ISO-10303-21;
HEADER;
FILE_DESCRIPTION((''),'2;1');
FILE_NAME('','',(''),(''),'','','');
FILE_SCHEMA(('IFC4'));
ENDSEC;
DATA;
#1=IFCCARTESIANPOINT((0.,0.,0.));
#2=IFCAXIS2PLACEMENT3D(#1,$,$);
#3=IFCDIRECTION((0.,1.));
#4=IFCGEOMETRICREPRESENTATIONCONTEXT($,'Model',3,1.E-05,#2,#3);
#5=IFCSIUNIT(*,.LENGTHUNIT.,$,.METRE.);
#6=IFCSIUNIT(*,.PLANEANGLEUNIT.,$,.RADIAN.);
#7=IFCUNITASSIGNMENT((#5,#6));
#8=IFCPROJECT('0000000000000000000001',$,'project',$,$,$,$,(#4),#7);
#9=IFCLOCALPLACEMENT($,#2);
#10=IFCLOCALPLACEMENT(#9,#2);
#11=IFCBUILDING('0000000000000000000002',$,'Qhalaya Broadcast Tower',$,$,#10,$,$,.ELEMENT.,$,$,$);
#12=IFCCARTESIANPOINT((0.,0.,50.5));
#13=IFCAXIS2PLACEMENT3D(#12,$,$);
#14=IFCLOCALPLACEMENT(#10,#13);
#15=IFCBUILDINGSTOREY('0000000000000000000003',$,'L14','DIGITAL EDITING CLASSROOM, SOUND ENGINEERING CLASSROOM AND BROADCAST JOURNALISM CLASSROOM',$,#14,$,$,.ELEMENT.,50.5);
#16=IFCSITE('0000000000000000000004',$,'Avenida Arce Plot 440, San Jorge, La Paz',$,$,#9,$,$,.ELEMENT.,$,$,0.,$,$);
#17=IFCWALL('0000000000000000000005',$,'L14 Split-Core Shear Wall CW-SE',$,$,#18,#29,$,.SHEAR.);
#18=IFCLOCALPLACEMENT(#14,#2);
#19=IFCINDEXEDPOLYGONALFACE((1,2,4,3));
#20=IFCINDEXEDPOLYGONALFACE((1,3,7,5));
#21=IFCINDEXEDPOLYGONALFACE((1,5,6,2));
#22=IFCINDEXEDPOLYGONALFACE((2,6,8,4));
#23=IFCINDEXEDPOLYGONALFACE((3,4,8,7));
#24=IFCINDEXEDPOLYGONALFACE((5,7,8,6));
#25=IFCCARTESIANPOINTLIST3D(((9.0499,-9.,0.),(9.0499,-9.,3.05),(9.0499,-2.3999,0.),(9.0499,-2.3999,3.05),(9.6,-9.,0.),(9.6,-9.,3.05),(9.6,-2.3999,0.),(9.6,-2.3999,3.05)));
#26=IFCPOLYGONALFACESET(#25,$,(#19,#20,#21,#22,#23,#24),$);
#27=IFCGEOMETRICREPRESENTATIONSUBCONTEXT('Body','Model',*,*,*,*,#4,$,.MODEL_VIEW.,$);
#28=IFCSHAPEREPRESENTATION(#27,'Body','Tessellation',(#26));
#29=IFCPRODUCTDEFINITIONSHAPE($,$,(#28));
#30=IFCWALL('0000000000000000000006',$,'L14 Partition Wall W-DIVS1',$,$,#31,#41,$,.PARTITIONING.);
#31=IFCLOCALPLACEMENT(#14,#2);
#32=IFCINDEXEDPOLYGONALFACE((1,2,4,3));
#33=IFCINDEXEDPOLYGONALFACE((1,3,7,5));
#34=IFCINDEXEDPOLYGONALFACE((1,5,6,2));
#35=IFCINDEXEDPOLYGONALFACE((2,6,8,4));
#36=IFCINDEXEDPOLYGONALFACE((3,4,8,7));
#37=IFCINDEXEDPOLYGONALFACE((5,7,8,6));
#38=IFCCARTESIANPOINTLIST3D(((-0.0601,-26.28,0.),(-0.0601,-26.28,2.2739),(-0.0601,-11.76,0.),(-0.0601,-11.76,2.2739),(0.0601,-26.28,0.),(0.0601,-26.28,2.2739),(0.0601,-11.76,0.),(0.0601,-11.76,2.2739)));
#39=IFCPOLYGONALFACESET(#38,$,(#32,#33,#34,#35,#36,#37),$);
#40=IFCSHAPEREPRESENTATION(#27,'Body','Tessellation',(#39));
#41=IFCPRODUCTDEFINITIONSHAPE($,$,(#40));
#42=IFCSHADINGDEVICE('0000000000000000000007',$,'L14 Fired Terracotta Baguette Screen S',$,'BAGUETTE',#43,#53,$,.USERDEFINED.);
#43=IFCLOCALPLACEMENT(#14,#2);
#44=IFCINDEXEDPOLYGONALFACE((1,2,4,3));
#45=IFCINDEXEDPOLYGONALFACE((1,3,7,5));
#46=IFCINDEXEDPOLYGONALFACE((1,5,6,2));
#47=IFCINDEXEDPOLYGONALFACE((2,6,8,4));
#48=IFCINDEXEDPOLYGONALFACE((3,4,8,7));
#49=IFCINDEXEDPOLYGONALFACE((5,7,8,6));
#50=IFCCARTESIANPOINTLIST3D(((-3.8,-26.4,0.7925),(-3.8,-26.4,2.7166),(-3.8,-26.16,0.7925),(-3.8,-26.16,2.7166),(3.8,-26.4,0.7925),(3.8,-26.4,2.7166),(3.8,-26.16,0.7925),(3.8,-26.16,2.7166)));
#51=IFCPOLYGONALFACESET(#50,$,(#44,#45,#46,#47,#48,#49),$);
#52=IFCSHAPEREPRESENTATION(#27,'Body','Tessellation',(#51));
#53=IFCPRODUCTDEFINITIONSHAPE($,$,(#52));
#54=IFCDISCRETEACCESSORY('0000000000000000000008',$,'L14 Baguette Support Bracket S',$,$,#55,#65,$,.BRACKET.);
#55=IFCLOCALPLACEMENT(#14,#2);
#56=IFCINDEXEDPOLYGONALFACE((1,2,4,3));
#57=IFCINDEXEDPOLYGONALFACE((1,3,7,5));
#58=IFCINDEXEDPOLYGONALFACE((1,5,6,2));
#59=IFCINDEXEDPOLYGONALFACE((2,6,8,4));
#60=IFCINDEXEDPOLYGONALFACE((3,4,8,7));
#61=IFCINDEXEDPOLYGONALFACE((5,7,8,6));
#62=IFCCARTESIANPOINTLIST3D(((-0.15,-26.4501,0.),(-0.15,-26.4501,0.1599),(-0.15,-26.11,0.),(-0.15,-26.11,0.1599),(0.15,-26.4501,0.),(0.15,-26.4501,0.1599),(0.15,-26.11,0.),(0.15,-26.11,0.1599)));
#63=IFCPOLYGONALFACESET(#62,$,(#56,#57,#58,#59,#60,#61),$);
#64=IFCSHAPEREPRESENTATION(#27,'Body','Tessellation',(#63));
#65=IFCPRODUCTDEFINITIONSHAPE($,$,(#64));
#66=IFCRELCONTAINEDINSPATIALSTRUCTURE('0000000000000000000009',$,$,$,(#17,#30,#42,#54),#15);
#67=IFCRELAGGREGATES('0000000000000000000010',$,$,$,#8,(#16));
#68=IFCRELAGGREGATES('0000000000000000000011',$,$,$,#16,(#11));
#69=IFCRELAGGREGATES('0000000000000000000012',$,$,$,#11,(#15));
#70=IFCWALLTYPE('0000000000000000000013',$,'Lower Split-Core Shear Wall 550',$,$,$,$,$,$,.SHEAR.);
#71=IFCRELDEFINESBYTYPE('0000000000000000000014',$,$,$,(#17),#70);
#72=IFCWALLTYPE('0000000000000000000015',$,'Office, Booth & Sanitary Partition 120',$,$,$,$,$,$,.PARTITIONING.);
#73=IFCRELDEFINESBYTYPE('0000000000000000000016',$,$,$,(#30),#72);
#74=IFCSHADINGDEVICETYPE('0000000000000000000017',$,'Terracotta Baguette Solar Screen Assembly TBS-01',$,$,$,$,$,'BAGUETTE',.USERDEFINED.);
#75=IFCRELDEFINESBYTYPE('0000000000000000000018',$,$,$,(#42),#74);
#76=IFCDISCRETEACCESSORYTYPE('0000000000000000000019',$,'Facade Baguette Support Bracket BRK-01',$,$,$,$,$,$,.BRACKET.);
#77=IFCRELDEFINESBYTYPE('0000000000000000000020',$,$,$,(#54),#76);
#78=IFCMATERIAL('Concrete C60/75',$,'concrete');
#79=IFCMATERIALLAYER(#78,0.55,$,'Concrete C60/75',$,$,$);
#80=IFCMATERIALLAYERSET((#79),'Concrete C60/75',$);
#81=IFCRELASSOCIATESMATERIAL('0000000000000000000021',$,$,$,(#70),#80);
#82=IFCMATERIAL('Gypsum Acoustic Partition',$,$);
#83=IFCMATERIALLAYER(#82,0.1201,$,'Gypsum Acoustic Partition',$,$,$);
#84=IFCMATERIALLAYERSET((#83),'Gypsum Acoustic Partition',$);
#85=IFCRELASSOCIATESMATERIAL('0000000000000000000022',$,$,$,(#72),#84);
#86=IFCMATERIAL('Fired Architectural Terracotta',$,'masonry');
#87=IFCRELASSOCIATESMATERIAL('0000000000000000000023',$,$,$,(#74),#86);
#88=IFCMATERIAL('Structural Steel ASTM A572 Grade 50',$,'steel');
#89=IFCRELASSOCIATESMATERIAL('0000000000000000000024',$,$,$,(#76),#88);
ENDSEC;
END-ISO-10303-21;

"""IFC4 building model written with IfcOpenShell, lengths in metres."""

from ifc_helpers import new_model, si_unit, direction, frame, frame_2d, origin, origin_2d, place, context, subcontext, project, spatial, rectangle, extrude, material, layer, layer_set, type_object, element, save


model = new_model("IFC4")

# Units and contexts
model_context = context("Model", 3, precision=1e-05, world=origin(), true_north=direction((0.0, 1.0)))
body_context = subcontext(model_context, "Body", "Model", "MODEL_VIEW")
ifc_project = project(units=[si_unit("LENGTHUNIT", "METRE"), si_unit("PLANEANGLEUNIT", "RADIAN")], contexts=[model_context])

# Site, building, storey
site_placement = place(None, origin())
site = spatial("IfcSite", under=ifc_project, at=site_placement, Name="Avenida Arce Plot 440, San Jorge, La Paz", CompositionType="ELEMENT", RefElevation=0.0)
building_placement = place(site_placement, origin())
building = spatial("IfcBuilding", under=site, at=building_placement, Name="Qhalaya Broadcast Tower", CompositionType="ELEMENT")
storey_placement = place(building_placement, frame((0.0, 0.0, 50.5)))
storey = spatial("IfcBuildingStorey", under=building, at=storey_placement, Name="L14", Description="DIGITAL EDITING CLASSROOM, SOUND ENGINEERING CLASSROOM AND BROADCAST JOURNALISM CLASSROOM", CompositionType="ELEMENT", Elevation=50.5)

# Shared definitions
ifc_material_1 = material(Name="Structural Steel ASTM A572 Grade 50", Category="steel")

# Shared definitions
ifc_material_2 = material(Name="Gypsum Acoustic Partition")

# Walls
ifc_material_3 = material(Name="Concrete C60/75", Category="concrete")
ifc_layer_1 = layer(ifc_material_3, 0.55, Name="Concrete C60/75")
ifc_layer_set_1 = layer_set([ifc_layer_1], Name="Concrete C60/75")
wall_type_1 = type_object("IfcWallType", Name="Lower Split-Core Shear Wall 550", PredefinedType="SHEAR", material=ifc_layer_set_1)
wall_1_placement = place(storey_placement, frame((9.325, -9.0, 0.0), z_axis=(0.0, 0.0, 1.0), x_axis=(0.0, 1.0, 0.0)))
element("IfcWall", 1, at=wall_1_placement, inside=storey, type_object=wall_type_1, Name="L14 Split-Core Shear Wall CW-SE", PredefinedType="SHEAR", context=body_context, shape_type="SweptSolid", body=[
    extrude(rectangle(XDim=6.6001, YDim=0.55, at=frame_2d((3.3, 0.0))), origin(), (0.0, 0.0, 1.0), 3.05),
])
ifc_layer_2 = layer(ifc_material_2, 0.1201, Name="Gypsum Acoustic Partition")
ifc_layer_set_2 = layer_set([ifc_layer_2], Name="Gypsum Acoustic Partition")
wall_type_2 = type_object("IfcWallType", Name="Office, Booth & Sanitary Partition 120", PredefinedType="PARTITIONING", material=ifc_layer_set_2)
wall_2_placement = place(storey_placement, frame((0.0, -26.28, 0.0), z_axis=(0.0, 0.0, 1.0), x_axis=(0.0, 1.0, 0.0)))
element("IfcWall", 2, at=wall_2_placement, inside=storey, type_object=wall_type_2, Name="L14 Partition Wall W-DIVS1", PredefinedType="PARTITIONING", context=body_context, shape_type="SweptSolid", body=[
    extrude(rectangle(XDim=14.52, YDim=0.1201, at=frame_2d((7.26, 0.0))), origin(), (0.0, 0.0, 1.0), 2.2739),
])

# Shading device
ifc_material_4 = material(Name="Fired Architectural Terracotta", Category="masonry")
shading_device_type = type_object("IfcShadingDeviceType", Name="Terracotta Baguette Solar Screen Assembly TBS-01", ElementType="BAGUETTE", PredefinedType="USERDEFINED", material=ifc_material_4)
shading_device_placement = place(storey_placement, frame((0.0, -26.28, 0.7925), z_axis=(0.0, 0.0, 1.0), x_axis=(1.0, 0.0, 0.0)))
element("IfcShadingDevice", 3, at=shading_device_placement, inside=storey, type_object=shading_device_type, Name="L14 Fired Terracotta Baguette Screen S", ObjectType="BAGUETTE", PredefinedType="USERDEFINED", context=body_context, shape_type="SweptSolid", body=[
    extrude(rectangle(XDim=7.6001, YDim=0.24, at=origin_2d()), origin(), (0.0, 0.0, 1.0), 1.9241),
])

# Discrete accessory
discrete_accessory_type = type_object("IfcDiscreteAccessoryType", Name="Facade Baguette Support Bracket BRK-01", PredefinedType="BRACKET", material=ifc_material_1)
discrete_accessory_placement = place(storey_placement, frame((0.0, -26.28, 0.0), z_axis=(0.0, 0.0, 1.0), x_axis=(1.0, 0.0, 0.0)))
element("IfcDiscreteAccessory", 4, at=discrete_accessory_placement, inside=storey, type_object=discrete_accessory_type, Name="L14 Baguette Support Bracket S", PredefinedType="BRACKET", context=body_context, shape_type="SweptSolid", body=[
    extrude(rectangle(XDim=0.3, YDim=0.3401, at=origin_2d()), origin(), (0.0, 0.0, 1.0), 0.1599),
])

save(model, "model.ifc")
